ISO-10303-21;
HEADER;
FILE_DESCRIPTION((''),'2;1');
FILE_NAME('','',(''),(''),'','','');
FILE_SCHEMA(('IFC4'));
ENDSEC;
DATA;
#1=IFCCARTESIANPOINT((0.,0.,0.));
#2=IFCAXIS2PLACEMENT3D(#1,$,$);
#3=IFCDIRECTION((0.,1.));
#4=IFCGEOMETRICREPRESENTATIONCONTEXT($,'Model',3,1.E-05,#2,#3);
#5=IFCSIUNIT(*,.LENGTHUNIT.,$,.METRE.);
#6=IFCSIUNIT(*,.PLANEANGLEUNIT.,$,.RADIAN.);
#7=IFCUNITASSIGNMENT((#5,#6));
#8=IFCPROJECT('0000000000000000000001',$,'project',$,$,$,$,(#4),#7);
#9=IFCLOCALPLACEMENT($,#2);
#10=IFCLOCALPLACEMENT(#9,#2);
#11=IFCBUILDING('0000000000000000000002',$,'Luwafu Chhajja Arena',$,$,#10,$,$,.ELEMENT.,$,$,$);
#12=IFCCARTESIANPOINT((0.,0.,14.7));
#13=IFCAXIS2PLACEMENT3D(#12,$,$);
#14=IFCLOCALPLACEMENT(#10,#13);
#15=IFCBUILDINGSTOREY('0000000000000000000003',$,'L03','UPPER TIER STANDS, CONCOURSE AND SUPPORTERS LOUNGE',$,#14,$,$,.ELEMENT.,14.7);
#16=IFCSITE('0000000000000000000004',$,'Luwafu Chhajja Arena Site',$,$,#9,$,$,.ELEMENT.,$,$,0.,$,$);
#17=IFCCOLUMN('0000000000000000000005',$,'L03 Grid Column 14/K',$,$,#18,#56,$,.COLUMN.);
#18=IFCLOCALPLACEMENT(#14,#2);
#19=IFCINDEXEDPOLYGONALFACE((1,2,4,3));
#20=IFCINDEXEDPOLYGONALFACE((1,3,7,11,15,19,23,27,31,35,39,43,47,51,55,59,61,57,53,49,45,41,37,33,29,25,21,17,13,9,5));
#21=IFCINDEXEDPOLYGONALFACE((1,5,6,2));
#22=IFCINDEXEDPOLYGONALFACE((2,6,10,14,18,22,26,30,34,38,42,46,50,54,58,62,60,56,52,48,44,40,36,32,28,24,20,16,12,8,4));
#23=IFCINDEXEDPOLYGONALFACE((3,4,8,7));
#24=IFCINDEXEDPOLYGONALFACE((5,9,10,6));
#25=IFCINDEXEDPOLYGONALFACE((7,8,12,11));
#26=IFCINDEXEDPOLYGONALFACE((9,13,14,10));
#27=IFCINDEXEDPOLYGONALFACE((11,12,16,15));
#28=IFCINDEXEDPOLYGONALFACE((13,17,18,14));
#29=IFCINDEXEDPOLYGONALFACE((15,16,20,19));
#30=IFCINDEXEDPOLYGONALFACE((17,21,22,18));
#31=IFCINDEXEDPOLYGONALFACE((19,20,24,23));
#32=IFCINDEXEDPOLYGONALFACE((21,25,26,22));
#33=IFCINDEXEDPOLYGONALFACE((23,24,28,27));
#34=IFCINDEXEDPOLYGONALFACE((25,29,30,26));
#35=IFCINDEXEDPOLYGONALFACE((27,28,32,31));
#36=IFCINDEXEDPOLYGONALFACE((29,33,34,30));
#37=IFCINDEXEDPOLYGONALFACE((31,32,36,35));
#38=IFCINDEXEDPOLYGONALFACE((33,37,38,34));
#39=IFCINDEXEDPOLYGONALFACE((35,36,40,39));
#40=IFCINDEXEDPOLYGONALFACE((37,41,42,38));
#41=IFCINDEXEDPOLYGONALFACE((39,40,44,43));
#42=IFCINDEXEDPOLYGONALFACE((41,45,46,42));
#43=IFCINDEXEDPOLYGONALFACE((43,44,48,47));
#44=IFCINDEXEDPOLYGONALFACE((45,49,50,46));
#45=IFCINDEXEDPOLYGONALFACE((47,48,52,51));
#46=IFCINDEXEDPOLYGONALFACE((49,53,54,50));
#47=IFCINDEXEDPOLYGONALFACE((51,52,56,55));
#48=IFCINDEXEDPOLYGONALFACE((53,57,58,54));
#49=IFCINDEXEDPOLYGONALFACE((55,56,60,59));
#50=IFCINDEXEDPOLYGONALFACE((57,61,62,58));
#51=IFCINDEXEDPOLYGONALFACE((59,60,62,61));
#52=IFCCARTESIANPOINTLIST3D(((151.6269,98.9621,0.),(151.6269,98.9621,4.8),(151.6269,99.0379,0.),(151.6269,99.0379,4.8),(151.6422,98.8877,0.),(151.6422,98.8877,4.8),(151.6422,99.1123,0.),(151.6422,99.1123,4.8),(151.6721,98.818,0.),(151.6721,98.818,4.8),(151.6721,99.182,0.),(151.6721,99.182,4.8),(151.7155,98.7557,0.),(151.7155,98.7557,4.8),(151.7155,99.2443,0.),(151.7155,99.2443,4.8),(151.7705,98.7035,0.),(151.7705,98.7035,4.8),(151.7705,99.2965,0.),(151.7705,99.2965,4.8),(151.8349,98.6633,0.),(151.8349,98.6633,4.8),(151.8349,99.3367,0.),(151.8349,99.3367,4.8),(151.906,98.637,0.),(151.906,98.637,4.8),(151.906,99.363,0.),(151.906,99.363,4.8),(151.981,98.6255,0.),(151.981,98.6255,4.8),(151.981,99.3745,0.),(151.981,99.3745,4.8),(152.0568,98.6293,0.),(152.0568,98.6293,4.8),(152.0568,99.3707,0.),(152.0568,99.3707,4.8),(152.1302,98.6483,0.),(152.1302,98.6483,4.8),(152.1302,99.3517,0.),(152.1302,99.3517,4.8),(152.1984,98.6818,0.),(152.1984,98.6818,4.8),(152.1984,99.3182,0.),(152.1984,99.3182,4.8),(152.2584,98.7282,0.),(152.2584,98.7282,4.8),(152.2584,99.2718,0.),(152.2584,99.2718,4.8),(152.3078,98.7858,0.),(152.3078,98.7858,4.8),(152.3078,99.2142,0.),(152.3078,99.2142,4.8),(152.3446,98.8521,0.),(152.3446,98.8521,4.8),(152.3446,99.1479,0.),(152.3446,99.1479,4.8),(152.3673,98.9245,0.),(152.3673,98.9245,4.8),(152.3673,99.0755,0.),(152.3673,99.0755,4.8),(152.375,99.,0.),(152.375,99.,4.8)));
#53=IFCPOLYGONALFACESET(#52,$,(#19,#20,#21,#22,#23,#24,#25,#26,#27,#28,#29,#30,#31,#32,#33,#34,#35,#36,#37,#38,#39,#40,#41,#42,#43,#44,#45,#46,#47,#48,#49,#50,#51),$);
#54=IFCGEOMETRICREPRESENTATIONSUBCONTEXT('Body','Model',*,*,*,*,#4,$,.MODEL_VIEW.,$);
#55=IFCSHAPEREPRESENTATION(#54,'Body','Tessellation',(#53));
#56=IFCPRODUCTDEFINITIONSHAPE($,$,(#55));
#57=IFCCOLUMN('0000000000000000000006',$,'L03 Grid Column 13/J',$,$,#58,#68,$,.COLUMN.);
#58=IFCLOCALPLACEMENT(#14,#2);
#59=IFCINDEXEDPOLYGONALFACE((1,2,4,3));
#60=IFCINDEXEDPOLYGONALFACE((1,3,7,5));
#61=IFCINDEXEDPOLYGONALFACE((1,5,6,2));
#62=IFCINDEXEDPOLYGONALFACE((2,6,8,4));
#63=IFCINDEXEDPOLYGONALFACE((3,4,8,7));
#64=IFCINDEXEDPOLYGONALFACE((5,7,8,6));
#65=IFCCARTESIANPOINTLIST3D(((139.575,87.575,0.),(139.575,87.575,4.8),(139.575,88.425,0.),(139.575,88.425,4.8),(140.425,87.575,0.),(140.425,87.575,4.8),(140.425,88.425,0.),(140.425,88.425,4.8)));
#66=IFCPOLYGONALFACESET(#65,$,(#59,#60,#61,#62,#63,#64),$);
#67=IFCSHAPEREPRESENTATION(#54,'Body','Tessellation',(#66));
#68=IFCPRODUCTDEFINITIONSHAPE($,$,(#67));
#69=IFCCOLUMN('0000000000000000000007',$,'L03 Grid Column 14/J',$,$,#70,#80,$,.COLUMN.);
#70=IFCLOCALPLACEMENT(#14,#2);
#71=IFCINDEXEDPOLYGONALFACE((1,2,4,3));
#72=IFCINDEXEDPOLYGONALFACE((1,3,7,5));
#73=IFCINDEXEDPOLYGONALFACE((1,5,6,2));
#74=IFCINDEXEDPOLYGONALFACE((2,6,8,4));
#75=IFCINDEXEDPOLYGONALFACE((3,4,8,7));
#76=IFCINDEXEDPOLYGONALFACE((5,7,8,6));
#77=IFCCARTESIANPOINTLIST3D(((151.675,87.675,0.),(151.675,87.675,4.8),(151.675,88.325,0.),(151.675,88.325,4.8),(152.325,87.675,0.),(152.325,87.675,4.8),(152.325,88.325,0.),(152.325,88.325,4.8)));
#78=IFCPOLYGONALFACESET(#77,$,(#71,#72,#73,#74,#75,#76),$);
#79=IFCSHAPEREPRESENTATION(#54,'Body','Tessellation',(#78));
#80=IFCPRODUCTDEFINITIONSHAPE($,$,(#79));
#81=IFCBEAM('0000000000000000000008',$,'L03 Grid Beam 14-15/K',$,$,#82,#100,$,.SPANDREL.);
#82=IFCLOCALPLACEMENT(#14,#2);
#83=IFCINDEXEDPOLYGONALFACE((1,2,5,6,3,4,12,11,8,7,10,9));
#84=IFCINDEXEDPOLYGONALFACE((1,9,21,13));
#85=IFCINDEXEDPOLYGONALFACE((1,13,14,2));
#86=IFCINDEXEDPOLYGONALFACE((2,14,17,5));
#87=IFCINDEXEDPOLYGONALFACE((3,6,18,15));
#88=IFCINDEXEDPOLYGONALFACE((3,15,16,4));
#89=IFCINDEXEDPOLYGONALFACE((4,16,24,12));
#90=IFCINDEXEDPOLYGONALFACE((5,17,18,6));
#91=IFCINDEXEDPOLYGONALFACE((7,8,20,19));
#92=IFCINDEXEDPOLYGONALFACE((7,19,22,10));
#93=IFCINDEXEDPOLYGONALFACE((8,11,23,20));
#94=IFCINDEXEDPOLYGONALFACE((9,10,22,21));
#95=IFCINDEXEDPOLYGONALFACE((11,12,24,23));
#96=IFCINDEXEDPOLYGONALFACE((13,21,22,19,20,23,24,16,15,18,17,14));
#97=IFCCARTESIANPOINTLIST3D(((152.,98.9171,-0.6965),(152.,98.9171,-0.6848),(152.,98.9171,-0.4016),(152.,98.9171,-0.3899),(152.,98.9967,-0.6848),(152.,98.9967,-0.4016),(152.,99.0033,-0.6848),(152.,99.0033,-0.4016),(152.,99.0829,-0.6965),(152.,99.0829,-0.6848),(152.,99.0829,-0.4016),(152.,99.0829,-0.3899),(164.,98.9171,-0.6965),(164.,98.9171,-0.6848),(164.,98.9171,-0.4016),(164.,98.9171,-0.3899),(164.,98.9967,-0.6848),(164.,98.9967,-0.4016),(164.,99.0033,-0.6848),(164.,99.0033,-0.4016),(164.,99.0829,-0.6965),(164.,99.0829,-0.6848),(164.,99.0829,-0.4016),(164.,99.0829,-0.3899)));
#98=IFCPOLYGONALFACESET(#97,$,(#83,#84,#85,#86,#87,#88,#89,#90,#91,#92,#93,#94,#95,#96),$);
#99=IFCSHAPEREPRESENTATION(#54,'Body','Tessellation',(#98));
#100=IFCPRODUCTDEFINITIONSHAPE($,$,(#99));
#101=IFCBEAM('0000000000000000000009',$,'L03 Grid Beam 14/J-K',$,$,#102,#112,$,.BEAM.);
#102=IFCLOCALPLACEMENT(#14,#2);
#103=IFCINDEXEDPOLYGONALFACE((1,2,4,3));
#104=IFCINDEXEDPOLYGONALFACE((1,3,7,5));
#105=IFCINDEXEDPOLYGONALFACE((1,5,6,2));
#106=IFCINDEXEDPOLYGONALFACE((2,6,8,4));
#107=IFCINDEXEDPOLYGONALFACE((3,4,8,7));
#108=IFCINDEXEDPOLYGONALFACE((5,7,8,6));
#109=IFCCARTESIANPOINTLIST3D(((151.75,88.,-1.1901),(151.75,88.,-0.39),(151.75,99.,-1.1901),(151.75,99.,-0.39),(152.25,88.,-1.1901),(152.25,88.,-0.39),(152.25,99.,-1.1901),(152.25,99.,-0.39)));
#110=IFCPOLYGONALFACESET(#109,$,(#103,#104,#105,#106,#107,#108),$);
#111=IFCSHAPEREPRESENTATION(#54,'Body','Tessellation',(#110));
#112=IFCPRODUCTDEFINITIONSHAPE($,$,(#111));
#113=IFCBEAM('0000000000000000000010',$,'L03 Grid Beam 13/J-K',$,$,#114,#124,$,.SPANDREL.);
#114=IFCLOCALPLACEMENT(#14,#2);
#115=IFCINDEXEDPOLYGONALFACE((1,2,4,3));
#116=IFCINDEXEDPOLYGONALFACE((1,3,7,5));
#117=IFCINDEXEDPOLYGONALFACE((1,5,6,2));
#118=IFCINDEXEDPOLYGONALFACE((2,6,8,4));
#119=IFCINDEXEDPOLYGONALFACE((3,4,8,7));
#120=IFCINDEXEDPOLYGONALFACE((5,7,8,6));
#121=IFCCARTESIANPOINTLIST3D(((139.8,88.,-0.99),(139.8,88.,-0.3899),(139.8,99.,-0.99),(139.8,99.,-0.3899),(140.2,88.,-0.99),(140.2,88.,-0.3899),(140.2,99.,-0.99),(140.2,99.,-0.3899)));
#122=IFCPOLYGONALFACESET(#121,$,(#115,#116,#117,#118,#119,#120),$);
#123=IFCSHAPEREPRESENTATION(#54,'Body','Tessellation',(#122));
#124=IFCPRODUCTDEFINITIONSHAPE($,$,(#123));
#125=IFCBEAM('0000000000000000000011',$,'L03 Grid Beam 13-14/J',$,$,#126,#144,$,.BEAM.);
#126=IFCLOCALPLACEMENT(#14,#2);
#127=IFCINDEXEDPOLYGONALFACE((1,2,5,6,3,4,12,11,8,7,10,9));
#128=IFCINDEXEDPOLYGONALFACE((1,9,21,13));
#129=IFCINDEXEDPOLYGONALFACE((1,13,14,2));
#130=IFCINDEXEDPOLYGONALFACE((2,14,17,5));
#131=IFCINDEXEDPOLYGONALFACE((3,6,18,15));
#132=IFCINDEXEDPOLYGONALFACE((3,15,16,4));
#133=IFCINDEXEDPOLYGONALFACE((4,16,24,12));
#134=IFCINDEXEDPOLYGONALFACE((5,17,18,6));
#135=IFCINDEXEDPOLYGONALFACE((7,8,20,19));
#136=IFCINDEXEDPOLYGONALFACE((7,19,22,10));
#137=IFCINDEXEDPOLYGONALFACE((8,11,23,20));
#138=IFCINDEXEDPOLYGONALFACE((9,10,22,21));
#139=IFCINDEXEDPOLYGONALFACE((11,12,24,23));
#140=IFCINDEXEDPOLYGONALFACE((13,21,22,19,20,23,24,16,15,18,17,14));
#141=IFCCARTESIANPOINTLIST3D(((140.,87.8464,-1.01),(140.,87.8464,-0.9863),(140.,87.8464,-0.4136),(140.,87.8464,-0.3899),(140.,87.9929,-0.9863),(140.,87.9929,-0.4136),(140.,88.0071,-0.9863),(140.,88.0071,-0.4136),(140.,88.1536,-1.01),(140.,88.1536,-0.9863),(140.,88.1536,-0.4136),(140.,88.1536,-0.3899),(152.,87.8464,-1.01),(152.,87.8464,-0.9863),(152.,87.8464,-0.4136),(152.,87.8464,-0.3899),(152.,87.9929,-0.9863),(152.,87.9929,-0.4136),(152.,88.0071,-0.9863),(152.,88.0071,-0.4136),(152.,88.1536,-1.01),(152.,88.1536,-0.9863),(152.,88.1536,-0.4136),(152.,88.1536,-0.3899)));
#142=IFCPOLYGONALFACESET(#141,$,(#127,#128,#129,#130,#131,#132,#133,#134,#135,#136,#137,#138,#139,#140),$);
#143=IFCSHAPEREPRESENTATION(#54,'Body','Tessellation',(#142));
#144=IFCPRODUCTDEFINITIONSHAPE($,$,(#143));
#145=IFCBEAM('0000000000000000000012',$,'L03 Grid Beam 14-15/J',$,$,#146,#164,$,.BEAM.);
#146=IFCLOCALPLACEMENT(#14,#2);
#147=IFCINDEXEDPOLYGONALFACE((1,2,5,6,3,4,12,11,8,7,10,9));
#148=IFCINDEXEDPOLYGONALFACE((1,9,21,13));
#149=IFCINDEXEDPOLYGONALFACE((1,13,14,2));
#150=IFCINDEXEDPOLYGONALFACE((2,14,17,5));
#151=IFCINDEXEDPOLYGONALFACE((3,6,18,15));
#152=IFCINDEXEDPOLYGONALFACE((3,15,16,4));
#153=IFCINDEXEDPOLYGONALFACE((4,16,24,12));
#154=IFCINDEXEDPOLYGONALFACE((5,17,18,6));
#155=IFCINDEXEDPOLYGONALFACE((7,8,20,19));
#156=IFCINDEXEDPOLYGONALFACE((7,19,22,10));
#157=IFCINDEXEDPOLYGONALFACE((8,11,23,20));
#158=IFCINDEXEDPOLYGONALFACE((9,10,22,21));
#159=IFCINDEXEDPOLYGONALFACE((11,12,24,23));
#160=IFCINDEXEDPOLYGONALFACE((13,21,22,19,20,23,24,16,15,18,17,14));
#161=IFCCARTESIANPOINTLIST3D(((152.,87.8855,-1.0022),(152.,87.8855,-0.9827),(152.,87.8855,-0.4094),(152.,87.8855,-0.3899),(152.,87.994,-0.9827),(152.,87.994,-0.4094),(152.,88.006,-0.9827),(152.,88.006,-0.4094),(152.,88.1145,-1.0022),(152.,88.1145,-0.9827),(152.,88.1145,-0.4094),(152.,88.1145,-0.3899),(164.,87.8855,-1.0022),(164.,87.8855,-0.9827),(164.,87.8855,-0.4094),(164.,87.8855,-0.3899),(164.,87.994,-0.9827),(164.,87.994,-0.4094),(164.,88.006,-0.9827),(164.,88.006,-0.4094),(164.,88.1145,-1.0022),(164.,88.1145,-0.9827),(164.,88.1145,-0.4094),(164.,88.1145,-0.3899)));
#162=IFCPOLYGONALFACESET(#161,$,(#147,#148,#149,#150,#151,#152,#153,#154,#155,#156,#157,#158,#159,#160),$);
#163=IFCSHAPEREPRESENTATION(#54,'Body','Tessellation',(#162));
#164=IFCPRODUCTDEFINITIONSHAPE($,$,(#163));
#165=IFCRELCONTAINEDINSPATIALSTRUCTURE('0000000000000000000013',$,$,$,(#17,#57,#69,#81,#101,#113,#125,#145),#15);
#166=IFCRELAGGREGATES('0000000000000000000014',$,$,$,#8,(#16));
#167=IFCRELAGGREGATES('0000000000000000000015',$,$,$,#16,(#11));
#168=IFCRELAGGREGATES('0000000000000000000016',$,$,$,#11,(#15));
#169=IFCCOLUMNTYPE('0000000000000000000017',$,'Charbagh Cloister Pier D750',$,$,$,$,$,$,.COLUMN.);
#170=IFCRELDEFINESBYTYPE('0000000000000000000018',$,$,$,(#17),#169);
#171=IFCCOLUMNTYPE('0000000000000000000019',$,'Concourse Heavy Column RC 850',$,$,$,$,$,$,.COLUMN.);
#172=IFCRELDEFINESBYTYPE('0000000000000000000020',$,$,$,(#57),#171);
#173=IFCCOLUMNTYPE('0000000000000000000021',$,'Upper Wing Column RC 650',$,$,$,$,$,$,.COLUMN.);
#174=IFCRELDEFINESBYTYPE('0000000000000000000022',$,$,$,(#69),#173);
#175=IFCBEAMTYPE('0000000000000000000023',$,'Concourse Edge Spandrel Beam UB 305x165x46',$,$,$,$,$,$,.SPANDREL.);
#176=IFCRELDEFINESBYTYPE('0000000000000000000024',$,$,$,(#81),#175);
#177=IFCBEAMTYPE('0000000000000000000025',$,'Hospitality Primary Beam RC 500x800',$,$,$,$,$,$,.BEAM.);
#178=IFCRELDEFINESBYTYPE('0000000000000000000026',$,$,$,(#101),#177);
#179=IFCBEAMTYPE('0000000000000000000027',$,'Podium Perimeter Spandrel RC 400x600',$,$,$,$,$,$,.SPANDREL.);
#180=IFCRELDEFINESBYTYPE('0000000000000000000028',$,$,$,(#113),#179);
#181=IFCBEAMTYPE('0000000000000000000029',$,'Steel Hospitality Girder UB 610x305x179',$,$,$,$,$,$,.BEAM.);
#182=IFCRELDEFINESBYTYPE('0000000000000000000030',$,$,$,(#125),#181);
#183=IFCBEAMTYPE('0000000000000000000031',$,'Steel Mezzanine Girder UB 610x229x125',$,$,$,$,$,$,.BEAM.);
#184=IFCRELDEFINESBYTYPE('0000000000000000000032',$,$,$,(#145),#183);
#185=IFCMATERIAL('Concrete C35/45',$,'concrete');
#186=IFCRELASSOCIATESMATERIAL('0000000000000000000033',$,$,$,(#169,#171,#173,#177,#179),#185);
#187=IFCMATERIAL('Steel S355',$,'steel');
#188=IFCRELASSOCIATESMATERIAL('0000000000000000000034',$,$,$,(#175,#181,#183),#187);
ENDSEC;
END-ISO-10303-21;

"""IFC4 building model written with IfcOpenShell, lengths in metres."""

from ifc_helpers import new_model, si_unit, direction, frame, origin, origin_2d, place, context, subcontext, project, spatial, rectangle, circle, i_section, extrude, material, material_profile, profile_set, type_object, element, save


model = new_model("IFC4")

# Units and contexts
model_context = context("Model", 3, precision=1e-05, world=origin(), true_north=direction((0.0, 1.0)))
body_context = subcontext(model_context, "Body", "Model", "MODEL_VIEW")
ifc_project = project(units=[si_unit("LENGTHUNIT", "METRE"), si_unit("PLANEANGLEUNIT", "RADIAN")], contexts=[model_context])

# Site, building, storey
site_placement = place(None, origin())
site = spatial("IfcSite", under=ifc_project, at=site_placement, Name="Luwafu Chhajja Arena Site", CompositionType="ELEMENT", RefElevation=0.0)
building_placement = place(site_placement, origin())
building = spatial("IfcBuilding", under=site, at=building_placement, Name="Luwafu Chhajja Arena", CompositionType="ELEMENT")
storey_placement = place(building_placement, frame((0.0, 0.0, 14.7)))
storey = spatial("IfcBuildingStorey", under=building, at=storey_placement, Name="L03", Description="UPPER TIER STANDS, CONCOURSE AND SUPPORTERS LOUNGE", CompositionType="ELEMENT", Elevation=14.7)

# Columns
ifc_material_1 = material(Name="Concrete C35/45", Category="concrete")
ifc_material_profile_1 = material_profile(ifc_material_1, circle(Radius=0.375, at=origin_2d()), Name="RC COL D750")
ifc_profile_set_1 = profile_set([ifc_material_profile_1], Name="Concrete C35/45")
column_type_1 = type_object("IfcColumnType", Name="Charbagh Cloister Pier D750", PredefinedType="COLUMN", material=ifc_profile_set_1)
column_1_placement = place(storey_placement, frame((152.0, 99.0, 0.0), z_axis=(0.0, 0.0, 1.0), x_axis=(1.0, 0.0, 0.0)))
element("IfcColumn", 1, at=column_1_placement, inside=storey, type_object=column_type_1, Name="L03 Grid Column 14/K", PredefinedType="COLUMN", context=body_context, shape_type="SweptSolid", body=[
    extrude(circle(Radius=0.375, at=origin_2d()), origin(), (0.0, 0.0, 1.0), 4.8),
])
ifc_material_profile_2 = material_profile(ifc_material_1, rectangle(XDim=0.8501, YDim=0.8501, at=origin_2d()), Name="RC 850x850")
ifc_profile_set_2 = profile_set([ifc_material_profile_2], Name="Concrete C35/45")
column_type_2 = type_object("IfcColumnType", Name="Concourse Heavy Column RC 850", PredefinedType="COLUMN", material=ifc_profile_set_2)
column_2_placement = place(storey_placement, frame((140.0, 88.0, 0.0), z_axis=(0.0, 0.0, 1.0), x_axis=(1.0, 0.0, 0.0)))
element("IfcColumn", 2, at=column_2_placement, inside=storey, type_object=column_type_2, Name="L03 Grid Column 13/J", PredefinedType="COLUMN", context=body_context, shape_type="SweptSolid", body=[
    extrude(rectangle(XDim=0.8501, YDim=0.8501, at=origin_2d()), origin(), (0.0, 0.0, 1.0), 4.8),
])
ifc_material_profile_3 = material_profile(ifc_material_1, rectangle(XDim=0.6499, YDim=0.6499, at=origin_2d()), Name="RC 650x650")
ifc_profile_set_3 = profile_set([ifc_material_profile_3], Name="Concrete C35/45")
column_type_3 = type_object("IfcColumnType", Name="Upper Wing Column RC 650", PredefinedType="COLUMN", material=ifc_profile_set_3)
column_3_placement = place(storey_placement, frame((152.0, 88.0, 0.0), z_axis=(0.0, 0.0, 1.0), x_axis=(1.0, 0.0, 0.0)))
element("IfcColumn", 3, at=column_3_placement, inside=storey, type_object=column_type_3, Name="L03 Grid Column 14/J", PredefinedType="COLUMN", context=body_context, shape_type="SweptSolid", body=[
    extrude(rectangle(XDim=0.6499, YDim=0.6499, at=origin_2d()), origin(), (0.0, 0.0, 1.0), 4.8),
])

# Beams
ifc_material_2 = material(Name="Steel S355", Category="steel")
ifc_material_profile_4 = material_profile(ifc_material_2, i_section(OverallWidth=0.1658, OverallDepth=0.3066, WebThickness=0.0066, FlangeThickness=0.0117, at=origin_2d()), Name="UB 305x165x46")
ifc_profile_set_4 = profile_set([ifc_material_profile_4], Name="Steel S355")
beam_type_1 = type_object("IfcBeamType", Name="Concourse Edge Spandrel Beam UB 305x165x46", PredefinedType="SPANDREL", material=ifc_profile_set_4)
beam_1_placement = place(storey_placement, frame((152.0, 99.0, -0.5432), z_axis=(1.0, 0.0, 0.0), x_axis=(0.0, 1.0, 0.0)))
element("IfcBeam", 4, at=beam_1_placement, inside=storey, type_object=beam_type_1, Name="L03 Grid Beam 14-15/K", PredefinedType="SPANDREL", context=body_context, shape_type="SweptSolid", body=[
    extrude(i_section(OverallWidth=0.1658, OverallDepth=0.3066, WebThickness=0.0066, FlangeThickness=0.0117, at=origin_2d()), origin(), (0.0, 0.0, 1.0), 12.0),
])
ifc_material_profile_5 = material_profile(ifc_material_1, rectangle(XDim=0.5, YDim=0.8, at=origin_2d()), Name="RC 500x800")
ifc_profile_set_5 = profile_set([ifc_material_profile_5], Name="Concrete C35/45")
beam_type_2 = type_object("IfcBeamType", Name="Hospitality Primary Beam RC 500x800", PredefinedType="BEAM", material=ifc_profile_set_5)
beam_2_placement = place(storey_placement, frame((152.0, 88.0, -0.79), z_axis=(0.0, 1.0, 0.0), x_axis=(-1.0, 0.0, 0.0)))
element("IfcBeam", 5, at=beam_2_placement, inside=storey, type_object=beam_type_2, Name="L03 Grid Beam 14/J-K", PredefinedType="BEAM", context=body_context, shape_type="SweptSolid", body=[
    extrude(rectangle(XDim=0.5, YDim=0.8, at=origin_2d()), origin(), (0.0, 0.0, 1.0), 11.0),
])
ifc_material_profile_6 = material_profile(ifc_material_1, rectangle(XDim=0.3999, YDim=0.6001, at=origin_2d()), Name="RC 400x600")
ifc_profile_set_6 = profile_set([ifc_material_profile_6], Name="Concrete C35/45")
beam_type_3 = type_object("IfcBeamType", Name="Podium Perimeter Spandrel RC 400x600", PredefinedType="SPANDREL", material=ifc_profile_set_6)
beam_3_placement = place(storey_placement, frame((140.0, 88.0, -0.6899), z_axis=(0.0, 1.0, 0.0), x_axis=(-1.0, 0.0, 0.0)))
element("IfcBeam", 6, at=beam_3_placement, inside=storey, type_object=beam_type_3, Name="L03 Grid Beam 13/J-K", PredefinedType="SPANDREL", context=body_context, shape_type="SweptSolid", body=[
    extrude(rectangle(XDim=0.3999, YDim=0.6001, at=origin_2d()), origin(), (0.0, 0.0, 1.0), 11.0),
])
ifc_material_profile_7 = material_profile(ifc_material_2, i_section(OverallWidth=0.3071, OverallDepth=0.6201, WebThickness=0.0142, FlangeThickness=0.0237, at=origin_2d()), Name="UB 610x305x179")
ifc_profile_set_7 = profile_set([ifc_material_profile_7], Name="Steel S355")
beam_type_4 = type_object("IfcBeamType", Name="Steel Hospitality Girder UB 610x305x179", PredefinedType="BEAM", material=ifc_profile_set_7)
beam_4_placement = place(storey_placement, frame((140.0, 88.0, -0.7), z_axis=(1.0, 0.0, 0.0), x_axis=(0.0, 1.0, 0.0)))
element("IfcBeam", 7, at=beam_4_placement, inside=storey, type_object=beam_type_4, Name="L03 Grid Beam 13-14/J", PredefinedType="BEAM", context=body_context, shape_type="SweptSolid", body=[
    extrude(i_section(OverallWidth=0.3071, OverallDepth=0.6201, WebThickness=0.0142, FlangeThickness=0.0237, at=origin_2d()), origin(), (0.0, 0.0, 1.0), 12.0),
])
ifc_material_profile_8 = material_profile(ifc_material_2, i_section(OverallWidth=0.229, OverallDepth=0.6123, WebThickness=0.012, FlangeThickness=0.0195, at=origin_2d()), Name="UB 610x229x125")
ifc_profile_set_8 = profile_set([ifc_material_profile_8], Name="Steel S355")
beam_type_5 = type_object("IfcBeamType", Name="Steel Mezzanine Girder UB 610x229x125", PredefinedType="BEAM", material=ifc_profile_set_8)
beam_5_placement = place(storey_placement, frame((152.0, 88.0, -0.696), z_axis=(1.0, 0.0, 0.0), x_axis=(0.0, 1.0, 0.0)))
element("IfcBeam", 8, at=beam_5_placement, inside=storey, type_object=beam_type_5, Name="L03 Grid Beam 14-15/J", PredefinedType="BEAM", context=body_context, shape_type="SweptSolid", body=[
    extrude(i_section(OverallWidth=0.229, OverallDepth=0.6123, WebThickness=0.012, FlangeThickness=0.0195, at=origin_2d()), origin(), (0.0, 0.0, 1.0), 12.0),
])

save(model, "model.ifc")
